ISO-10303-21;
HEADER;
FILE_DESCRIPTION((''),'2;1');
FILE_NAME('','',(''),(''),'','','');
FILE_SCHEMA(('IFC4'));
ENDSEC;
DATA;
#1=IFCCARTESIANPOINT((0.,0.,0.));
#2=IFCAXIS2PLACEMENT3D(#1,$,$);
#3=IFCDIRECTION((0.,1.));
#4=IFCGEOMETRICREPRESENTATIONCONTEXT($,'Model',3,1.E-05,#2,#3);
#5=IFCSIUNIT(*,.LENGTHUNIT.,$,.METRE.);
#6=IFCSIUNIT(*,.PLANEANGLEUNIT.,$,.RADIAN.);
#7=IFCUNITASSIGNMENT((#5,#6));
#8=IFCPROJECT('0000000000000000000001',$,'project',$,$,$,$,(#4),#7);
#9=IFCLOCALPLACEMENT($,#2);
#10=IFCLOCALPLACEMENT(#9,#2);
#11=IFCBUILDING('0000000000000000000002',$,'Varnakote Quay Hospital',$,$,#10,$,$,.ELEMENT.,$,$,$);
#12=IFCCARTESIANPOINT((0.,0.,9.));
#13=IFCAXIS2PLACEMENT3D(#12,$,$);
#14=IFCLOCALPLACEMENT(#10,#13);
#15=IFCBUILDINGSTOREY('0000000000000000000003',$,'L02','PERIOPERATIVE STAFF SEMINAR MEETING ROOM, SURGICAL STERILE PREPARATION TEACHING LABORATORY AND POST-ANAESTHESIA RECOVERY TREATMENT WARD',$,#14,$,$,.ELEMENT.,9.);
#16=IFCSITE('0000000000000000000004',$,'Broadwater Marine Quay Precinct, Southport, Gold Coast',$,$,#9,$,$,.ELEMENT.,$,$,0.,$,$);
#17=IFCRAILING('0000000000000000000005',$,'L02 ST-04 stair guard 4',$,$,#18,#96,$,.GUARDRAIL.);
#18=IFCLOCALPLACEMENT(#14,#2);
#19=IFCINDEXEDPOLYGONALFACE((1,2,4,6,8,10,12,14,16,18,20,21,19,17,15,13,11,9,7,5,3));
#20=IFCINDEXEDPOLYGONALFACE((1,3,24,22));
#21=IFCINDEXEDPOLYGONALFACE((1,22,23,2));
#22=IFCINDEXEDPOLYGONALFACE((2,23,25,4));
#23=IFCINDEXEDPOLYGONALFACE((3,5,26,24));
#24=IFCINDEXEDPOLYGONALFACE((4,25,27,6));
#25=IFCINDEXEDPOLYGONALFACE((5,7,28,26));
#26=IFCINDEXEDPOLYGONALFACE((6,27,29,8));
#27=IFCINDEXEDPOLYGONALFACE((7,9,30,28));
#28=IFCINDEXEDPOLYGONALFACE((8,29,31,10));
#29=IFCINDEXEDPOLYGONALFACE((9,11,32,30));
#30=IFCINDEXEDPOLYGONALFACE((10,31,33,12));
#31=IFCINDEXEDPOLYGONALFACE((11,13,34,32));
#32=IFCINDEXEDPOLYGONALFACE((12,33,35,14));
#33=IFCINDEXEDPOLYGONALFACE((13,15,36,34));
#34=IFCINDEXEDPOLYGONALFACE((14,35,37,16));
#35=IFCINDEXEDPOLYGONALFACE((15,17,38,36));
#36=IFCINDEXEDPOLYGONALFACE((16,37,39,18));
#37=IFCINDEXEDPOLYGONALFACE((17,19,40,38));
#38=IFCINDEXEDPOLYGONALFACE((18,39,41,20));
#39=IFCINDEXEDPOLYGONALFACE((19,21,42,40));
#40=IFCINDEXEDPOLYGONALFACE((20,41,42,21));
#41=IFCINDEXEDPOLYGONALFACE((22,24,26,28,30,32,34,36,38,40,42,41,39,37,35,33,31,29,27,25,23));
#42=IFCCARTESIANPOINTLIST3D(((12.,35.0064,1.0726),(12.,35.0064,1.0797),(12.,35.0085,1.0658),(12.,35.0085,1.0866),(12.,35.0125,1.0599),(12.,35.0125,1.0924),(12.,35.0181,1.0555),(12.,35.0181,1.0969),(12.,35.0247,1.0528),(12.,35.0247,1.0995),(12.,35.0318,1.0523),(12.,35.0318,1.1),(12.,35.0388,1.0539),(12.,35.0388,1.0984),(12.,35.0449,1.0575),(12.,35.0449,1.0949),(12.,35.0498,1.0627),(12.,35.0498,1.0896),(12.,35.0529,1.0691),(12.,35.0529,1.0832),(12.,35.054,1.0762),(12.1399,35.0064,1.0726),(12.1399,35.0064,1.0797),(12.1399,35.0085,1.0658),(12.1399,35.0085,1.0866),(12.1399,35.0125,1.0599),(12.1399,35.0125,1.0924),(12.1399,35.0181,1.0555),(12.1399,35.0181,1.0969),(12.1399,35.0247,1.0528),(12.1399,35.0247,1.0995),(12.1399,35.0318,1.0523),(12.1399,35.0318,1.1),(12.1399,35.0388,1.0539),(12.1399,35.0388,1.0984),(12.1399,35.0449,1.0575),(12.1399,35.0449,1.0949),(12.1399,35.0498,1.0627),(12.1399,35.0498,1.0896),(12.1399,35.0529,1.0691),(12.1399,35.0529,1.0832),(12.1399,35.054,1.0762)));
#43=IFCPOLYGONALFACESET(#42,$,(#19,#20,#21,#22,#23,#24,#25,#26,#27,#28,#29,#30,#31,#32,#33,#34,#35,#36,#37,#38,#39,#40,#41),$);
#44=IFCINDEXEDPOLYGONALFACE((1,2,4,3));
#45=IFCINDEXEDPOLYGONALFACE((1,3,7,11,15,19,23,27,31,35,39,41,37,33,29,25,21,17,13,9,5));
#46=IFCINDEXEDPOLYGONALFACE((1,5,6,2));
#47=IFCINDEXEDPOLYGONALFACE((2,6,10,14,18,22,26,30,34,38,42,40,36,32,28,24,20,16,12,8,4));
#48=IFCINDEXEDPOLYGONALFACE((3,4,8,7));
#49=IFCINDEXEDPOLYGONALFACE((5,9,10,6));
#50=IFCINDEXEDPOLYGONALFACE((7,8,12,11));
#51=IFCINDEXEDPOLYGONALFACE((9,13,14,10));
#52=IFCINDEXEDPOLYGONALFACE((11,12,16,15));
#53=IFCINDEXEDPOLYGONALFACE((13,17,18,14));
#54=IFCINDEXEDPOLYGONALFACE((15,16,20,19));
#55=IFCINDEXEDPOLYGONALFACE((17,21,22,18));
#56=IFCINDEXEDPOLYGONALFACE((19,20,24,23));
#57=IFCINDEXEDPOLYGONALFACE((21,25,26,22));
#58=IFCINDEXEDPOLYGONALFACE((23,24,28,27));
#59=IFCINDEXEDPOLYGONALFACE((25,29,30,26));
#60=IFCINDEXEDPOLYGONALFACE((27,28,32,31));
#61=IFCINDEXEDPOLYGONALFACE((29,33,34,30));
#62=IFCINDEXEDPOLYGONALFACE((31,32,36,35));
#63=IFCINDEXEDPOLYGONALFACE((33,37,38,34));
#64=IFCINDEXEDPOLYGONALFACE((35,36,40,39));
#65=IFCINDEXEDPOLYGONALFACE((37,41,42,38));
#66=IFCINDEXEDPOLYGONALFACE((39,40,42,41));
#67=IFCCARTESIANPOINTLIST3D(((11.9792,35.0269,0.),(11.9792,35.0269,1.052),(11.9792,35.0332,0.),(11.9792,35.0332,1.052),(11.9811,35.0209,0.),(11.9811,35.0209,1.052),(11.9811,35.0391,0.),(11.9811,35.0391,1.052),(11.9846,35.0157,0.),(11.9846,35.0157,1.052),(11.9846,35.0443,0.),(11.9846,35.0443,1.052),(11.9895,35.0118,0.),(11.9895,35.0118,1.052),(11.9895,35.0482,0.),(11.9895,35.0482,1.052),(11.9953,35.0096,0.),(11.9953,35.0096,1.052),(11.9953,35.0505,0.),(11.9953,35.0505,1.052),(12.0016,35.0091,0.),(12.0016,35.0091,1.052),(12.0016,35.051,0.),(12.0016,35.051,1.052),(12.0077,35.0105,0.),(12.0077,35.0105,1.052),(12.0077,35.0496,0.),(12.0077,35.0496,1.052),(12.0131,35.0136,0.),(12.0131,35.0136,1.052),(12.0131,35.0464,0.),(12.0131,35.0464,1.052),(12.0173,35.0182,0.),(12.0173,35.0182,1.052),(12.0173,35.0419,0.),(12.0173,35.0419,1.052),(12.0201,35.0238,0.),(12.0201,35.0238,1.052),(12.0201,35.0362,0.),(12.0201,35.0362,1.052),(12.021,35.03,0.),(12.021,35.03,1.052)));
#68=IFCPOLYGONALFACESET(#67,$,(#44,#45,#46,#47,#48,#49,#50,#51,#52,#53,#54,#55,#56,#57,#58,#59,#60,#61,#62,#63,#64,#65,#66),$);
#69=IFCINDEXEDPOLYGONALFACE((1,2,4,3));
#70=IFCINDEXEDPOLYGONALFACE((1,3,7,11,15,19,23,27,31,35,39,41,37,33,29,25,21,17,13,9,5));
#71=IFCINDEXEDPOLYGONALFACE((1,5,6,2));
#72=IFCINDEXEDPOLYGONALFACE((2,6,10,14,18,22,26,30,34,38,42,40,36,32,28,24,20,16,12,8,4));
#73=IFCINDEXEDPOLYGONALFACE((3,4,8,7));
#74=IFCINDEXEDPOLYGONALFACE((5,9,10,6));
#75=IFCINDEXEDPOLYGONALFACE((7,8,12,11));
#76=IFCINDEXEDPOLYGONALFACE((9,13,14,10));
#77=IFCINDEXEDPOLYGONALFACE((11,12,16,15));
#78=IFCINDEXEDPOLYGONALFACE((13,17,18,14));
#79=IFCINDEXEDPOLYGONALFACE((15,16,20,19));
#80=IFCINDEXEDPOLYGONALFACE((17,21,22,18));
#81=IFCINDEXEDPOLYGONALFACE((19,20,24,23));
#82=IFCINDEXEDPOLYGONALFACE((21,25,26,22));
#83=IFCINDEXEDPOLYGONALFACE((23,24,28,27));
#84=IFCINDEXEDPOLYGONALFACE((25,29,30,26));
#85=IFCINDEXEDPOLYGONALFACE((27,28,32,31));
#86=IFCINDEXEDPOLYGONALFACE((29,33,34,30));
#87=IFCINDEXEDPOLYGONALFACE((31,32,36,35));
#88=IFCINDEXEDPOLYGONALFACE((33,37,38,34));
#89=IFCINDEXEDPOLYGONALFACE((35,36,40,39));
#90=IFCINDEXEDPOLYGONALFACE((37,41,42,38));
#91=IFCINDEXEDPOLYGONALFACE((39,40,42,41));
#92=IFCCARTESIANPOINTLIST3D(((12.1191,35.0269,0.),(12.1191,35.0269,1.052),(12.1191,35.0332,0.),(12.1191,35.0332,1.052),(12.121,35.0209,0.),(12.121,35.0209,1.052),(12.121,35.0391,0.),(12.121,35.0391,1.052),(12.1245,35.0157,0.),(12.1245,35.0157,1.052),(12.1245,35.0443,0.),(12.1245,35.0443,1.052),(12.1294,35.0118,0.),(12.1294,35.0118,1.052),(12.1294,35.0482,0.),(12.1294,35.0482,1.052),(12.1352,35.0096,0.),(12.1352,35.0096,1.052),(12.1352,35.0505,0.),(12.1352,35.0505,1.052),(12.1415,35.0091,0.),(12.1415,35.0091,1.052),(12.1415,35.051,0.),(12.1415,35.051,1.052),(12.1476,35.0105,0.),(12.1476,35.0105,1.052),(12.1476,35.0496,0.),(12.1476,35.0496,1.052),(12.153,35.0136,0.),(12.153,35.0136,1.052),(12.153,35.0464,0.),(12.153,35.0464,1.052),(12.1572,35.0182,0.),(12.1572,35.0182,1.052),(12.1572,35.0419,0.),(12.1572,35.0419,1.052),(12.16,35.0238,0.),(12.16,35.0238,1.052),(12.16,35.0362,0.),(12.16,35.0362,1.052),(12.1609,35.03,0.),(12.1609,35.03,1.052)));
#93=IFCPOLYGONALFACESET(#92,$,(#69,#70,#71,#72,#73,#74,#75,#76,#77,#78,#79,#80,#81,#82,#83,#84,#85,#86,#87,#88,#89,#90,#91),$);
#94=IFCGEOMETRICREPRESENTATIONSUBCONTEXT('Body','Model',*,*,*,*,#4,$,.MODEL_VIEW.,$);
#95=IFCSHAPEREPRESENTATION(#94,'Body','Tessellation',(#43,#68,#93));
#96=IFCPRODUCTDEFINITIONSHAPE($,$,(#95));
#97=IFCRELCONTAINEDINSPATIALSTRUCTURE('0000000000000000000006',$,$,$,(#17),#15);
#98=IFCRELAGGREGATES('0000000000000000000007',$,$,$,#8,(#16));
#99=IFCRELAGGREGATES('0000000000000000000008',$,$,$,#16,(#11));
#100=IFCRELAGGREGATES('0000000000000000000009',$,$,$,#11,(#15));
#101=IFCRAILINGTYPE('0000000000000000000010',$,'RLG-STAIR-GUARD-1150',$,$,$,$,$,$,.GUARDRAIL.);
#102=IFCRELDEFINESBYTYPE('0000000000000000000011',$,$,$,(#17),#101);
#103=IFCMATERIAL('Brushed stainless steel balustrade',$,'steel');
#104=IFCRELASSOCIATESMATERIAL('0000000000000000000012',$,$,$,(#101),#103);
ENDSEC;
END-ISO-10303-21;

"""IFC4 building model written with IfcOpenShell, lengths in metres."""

from ifc_helpers import new_model, si_unit, direction, frame, origin, origin_2d, place, context, subcontext, project, spatial, circle, extrude, material, type_object, element, save


model = new_model("IFC4")

# Units and contexts
model_context = context("Model", 3, precision=1e-05, world=origin(), true_north=direction((0.0, 1.0)))
body_context = subcontext(model_context, "Body", "Model", "MODEL_VIEW")
ifc_project = project(units=[si_unit("LENGTHUNIT", "METRE"), si_unit("PLANEANGLEUNIT", "RADIAN")], contexts=[model_context])

# Site, building, storey
site_placement = place(None, origin())
site = spatial("IfcSite", under=ifc_project, at=site_placement, Name="Broadwater Marine Quay Precinct, Southport, Gold Coast", CompositionType="ELEMENT", RefElevation=0.0)
building_placement = place(site_placement, origin())
building = spatial("IfcBuilding", under=site, at=building_placement, Name="Varnakote Quay Hospital", CompositionType="ELEMENT")
storey_placement = place(building_placement, frame((0.0, 0.0, 9.0)))
storey = spatial("IfcBuildingStorey", under=building, at=storey_placement, Name="L02", Description="PERIOPERATIVE STAFF SEMINAR MEETING ROOM, SURGICAL STERILE PREPARATION TEACHING LABORATORY AND POST-ANAESTHESIA RECOVERY TREATMENT WARD", CompositionType="ELEMENT", Elevation=9.0)

# Railing
ifc_material_1 = material(Name="Brushed stainless steel balustrade", Category="steel")
railing_type_1 = type_object("IfcRailingType", Name="RLG-STAIR-GUARD-1150", PredefinedType="GUARDRAIL", material=ifc_material_1)
railing_1_placement = place(storey_placement, frame((12.0, 35.03, 0.0)))
element("IfcRailing", 1, at=railing_1_placement, inside=storey, type_object=railing_type_1, Name="L02 ST-04 stair guard 4", PredefinedType="GUARDRAIL", context=body_context, shape_type="SweptSolid", body=[
    extrude(circle(Radius=0.0239, at=origin_2d()), frame((0.0, 0.0, 1.0762), z_axis=(1.0, 0.0, 0.0), x_axis=(0.0, 1.0, 0.0)), (0.0, 0.0, 1.0), 0.1399),
    extrude(circle(Radius=0.021, at=origin_2d()), origin(), (0.0, 0.0, 1.0), 1.052),
    extrude(circle(Radius=0.021, at=origin_2d()), frame((0.1399, 0.0, 0.0)), (0.0, 0.0, 1.0), 1.052),
])

save(model, "model.ifc")
